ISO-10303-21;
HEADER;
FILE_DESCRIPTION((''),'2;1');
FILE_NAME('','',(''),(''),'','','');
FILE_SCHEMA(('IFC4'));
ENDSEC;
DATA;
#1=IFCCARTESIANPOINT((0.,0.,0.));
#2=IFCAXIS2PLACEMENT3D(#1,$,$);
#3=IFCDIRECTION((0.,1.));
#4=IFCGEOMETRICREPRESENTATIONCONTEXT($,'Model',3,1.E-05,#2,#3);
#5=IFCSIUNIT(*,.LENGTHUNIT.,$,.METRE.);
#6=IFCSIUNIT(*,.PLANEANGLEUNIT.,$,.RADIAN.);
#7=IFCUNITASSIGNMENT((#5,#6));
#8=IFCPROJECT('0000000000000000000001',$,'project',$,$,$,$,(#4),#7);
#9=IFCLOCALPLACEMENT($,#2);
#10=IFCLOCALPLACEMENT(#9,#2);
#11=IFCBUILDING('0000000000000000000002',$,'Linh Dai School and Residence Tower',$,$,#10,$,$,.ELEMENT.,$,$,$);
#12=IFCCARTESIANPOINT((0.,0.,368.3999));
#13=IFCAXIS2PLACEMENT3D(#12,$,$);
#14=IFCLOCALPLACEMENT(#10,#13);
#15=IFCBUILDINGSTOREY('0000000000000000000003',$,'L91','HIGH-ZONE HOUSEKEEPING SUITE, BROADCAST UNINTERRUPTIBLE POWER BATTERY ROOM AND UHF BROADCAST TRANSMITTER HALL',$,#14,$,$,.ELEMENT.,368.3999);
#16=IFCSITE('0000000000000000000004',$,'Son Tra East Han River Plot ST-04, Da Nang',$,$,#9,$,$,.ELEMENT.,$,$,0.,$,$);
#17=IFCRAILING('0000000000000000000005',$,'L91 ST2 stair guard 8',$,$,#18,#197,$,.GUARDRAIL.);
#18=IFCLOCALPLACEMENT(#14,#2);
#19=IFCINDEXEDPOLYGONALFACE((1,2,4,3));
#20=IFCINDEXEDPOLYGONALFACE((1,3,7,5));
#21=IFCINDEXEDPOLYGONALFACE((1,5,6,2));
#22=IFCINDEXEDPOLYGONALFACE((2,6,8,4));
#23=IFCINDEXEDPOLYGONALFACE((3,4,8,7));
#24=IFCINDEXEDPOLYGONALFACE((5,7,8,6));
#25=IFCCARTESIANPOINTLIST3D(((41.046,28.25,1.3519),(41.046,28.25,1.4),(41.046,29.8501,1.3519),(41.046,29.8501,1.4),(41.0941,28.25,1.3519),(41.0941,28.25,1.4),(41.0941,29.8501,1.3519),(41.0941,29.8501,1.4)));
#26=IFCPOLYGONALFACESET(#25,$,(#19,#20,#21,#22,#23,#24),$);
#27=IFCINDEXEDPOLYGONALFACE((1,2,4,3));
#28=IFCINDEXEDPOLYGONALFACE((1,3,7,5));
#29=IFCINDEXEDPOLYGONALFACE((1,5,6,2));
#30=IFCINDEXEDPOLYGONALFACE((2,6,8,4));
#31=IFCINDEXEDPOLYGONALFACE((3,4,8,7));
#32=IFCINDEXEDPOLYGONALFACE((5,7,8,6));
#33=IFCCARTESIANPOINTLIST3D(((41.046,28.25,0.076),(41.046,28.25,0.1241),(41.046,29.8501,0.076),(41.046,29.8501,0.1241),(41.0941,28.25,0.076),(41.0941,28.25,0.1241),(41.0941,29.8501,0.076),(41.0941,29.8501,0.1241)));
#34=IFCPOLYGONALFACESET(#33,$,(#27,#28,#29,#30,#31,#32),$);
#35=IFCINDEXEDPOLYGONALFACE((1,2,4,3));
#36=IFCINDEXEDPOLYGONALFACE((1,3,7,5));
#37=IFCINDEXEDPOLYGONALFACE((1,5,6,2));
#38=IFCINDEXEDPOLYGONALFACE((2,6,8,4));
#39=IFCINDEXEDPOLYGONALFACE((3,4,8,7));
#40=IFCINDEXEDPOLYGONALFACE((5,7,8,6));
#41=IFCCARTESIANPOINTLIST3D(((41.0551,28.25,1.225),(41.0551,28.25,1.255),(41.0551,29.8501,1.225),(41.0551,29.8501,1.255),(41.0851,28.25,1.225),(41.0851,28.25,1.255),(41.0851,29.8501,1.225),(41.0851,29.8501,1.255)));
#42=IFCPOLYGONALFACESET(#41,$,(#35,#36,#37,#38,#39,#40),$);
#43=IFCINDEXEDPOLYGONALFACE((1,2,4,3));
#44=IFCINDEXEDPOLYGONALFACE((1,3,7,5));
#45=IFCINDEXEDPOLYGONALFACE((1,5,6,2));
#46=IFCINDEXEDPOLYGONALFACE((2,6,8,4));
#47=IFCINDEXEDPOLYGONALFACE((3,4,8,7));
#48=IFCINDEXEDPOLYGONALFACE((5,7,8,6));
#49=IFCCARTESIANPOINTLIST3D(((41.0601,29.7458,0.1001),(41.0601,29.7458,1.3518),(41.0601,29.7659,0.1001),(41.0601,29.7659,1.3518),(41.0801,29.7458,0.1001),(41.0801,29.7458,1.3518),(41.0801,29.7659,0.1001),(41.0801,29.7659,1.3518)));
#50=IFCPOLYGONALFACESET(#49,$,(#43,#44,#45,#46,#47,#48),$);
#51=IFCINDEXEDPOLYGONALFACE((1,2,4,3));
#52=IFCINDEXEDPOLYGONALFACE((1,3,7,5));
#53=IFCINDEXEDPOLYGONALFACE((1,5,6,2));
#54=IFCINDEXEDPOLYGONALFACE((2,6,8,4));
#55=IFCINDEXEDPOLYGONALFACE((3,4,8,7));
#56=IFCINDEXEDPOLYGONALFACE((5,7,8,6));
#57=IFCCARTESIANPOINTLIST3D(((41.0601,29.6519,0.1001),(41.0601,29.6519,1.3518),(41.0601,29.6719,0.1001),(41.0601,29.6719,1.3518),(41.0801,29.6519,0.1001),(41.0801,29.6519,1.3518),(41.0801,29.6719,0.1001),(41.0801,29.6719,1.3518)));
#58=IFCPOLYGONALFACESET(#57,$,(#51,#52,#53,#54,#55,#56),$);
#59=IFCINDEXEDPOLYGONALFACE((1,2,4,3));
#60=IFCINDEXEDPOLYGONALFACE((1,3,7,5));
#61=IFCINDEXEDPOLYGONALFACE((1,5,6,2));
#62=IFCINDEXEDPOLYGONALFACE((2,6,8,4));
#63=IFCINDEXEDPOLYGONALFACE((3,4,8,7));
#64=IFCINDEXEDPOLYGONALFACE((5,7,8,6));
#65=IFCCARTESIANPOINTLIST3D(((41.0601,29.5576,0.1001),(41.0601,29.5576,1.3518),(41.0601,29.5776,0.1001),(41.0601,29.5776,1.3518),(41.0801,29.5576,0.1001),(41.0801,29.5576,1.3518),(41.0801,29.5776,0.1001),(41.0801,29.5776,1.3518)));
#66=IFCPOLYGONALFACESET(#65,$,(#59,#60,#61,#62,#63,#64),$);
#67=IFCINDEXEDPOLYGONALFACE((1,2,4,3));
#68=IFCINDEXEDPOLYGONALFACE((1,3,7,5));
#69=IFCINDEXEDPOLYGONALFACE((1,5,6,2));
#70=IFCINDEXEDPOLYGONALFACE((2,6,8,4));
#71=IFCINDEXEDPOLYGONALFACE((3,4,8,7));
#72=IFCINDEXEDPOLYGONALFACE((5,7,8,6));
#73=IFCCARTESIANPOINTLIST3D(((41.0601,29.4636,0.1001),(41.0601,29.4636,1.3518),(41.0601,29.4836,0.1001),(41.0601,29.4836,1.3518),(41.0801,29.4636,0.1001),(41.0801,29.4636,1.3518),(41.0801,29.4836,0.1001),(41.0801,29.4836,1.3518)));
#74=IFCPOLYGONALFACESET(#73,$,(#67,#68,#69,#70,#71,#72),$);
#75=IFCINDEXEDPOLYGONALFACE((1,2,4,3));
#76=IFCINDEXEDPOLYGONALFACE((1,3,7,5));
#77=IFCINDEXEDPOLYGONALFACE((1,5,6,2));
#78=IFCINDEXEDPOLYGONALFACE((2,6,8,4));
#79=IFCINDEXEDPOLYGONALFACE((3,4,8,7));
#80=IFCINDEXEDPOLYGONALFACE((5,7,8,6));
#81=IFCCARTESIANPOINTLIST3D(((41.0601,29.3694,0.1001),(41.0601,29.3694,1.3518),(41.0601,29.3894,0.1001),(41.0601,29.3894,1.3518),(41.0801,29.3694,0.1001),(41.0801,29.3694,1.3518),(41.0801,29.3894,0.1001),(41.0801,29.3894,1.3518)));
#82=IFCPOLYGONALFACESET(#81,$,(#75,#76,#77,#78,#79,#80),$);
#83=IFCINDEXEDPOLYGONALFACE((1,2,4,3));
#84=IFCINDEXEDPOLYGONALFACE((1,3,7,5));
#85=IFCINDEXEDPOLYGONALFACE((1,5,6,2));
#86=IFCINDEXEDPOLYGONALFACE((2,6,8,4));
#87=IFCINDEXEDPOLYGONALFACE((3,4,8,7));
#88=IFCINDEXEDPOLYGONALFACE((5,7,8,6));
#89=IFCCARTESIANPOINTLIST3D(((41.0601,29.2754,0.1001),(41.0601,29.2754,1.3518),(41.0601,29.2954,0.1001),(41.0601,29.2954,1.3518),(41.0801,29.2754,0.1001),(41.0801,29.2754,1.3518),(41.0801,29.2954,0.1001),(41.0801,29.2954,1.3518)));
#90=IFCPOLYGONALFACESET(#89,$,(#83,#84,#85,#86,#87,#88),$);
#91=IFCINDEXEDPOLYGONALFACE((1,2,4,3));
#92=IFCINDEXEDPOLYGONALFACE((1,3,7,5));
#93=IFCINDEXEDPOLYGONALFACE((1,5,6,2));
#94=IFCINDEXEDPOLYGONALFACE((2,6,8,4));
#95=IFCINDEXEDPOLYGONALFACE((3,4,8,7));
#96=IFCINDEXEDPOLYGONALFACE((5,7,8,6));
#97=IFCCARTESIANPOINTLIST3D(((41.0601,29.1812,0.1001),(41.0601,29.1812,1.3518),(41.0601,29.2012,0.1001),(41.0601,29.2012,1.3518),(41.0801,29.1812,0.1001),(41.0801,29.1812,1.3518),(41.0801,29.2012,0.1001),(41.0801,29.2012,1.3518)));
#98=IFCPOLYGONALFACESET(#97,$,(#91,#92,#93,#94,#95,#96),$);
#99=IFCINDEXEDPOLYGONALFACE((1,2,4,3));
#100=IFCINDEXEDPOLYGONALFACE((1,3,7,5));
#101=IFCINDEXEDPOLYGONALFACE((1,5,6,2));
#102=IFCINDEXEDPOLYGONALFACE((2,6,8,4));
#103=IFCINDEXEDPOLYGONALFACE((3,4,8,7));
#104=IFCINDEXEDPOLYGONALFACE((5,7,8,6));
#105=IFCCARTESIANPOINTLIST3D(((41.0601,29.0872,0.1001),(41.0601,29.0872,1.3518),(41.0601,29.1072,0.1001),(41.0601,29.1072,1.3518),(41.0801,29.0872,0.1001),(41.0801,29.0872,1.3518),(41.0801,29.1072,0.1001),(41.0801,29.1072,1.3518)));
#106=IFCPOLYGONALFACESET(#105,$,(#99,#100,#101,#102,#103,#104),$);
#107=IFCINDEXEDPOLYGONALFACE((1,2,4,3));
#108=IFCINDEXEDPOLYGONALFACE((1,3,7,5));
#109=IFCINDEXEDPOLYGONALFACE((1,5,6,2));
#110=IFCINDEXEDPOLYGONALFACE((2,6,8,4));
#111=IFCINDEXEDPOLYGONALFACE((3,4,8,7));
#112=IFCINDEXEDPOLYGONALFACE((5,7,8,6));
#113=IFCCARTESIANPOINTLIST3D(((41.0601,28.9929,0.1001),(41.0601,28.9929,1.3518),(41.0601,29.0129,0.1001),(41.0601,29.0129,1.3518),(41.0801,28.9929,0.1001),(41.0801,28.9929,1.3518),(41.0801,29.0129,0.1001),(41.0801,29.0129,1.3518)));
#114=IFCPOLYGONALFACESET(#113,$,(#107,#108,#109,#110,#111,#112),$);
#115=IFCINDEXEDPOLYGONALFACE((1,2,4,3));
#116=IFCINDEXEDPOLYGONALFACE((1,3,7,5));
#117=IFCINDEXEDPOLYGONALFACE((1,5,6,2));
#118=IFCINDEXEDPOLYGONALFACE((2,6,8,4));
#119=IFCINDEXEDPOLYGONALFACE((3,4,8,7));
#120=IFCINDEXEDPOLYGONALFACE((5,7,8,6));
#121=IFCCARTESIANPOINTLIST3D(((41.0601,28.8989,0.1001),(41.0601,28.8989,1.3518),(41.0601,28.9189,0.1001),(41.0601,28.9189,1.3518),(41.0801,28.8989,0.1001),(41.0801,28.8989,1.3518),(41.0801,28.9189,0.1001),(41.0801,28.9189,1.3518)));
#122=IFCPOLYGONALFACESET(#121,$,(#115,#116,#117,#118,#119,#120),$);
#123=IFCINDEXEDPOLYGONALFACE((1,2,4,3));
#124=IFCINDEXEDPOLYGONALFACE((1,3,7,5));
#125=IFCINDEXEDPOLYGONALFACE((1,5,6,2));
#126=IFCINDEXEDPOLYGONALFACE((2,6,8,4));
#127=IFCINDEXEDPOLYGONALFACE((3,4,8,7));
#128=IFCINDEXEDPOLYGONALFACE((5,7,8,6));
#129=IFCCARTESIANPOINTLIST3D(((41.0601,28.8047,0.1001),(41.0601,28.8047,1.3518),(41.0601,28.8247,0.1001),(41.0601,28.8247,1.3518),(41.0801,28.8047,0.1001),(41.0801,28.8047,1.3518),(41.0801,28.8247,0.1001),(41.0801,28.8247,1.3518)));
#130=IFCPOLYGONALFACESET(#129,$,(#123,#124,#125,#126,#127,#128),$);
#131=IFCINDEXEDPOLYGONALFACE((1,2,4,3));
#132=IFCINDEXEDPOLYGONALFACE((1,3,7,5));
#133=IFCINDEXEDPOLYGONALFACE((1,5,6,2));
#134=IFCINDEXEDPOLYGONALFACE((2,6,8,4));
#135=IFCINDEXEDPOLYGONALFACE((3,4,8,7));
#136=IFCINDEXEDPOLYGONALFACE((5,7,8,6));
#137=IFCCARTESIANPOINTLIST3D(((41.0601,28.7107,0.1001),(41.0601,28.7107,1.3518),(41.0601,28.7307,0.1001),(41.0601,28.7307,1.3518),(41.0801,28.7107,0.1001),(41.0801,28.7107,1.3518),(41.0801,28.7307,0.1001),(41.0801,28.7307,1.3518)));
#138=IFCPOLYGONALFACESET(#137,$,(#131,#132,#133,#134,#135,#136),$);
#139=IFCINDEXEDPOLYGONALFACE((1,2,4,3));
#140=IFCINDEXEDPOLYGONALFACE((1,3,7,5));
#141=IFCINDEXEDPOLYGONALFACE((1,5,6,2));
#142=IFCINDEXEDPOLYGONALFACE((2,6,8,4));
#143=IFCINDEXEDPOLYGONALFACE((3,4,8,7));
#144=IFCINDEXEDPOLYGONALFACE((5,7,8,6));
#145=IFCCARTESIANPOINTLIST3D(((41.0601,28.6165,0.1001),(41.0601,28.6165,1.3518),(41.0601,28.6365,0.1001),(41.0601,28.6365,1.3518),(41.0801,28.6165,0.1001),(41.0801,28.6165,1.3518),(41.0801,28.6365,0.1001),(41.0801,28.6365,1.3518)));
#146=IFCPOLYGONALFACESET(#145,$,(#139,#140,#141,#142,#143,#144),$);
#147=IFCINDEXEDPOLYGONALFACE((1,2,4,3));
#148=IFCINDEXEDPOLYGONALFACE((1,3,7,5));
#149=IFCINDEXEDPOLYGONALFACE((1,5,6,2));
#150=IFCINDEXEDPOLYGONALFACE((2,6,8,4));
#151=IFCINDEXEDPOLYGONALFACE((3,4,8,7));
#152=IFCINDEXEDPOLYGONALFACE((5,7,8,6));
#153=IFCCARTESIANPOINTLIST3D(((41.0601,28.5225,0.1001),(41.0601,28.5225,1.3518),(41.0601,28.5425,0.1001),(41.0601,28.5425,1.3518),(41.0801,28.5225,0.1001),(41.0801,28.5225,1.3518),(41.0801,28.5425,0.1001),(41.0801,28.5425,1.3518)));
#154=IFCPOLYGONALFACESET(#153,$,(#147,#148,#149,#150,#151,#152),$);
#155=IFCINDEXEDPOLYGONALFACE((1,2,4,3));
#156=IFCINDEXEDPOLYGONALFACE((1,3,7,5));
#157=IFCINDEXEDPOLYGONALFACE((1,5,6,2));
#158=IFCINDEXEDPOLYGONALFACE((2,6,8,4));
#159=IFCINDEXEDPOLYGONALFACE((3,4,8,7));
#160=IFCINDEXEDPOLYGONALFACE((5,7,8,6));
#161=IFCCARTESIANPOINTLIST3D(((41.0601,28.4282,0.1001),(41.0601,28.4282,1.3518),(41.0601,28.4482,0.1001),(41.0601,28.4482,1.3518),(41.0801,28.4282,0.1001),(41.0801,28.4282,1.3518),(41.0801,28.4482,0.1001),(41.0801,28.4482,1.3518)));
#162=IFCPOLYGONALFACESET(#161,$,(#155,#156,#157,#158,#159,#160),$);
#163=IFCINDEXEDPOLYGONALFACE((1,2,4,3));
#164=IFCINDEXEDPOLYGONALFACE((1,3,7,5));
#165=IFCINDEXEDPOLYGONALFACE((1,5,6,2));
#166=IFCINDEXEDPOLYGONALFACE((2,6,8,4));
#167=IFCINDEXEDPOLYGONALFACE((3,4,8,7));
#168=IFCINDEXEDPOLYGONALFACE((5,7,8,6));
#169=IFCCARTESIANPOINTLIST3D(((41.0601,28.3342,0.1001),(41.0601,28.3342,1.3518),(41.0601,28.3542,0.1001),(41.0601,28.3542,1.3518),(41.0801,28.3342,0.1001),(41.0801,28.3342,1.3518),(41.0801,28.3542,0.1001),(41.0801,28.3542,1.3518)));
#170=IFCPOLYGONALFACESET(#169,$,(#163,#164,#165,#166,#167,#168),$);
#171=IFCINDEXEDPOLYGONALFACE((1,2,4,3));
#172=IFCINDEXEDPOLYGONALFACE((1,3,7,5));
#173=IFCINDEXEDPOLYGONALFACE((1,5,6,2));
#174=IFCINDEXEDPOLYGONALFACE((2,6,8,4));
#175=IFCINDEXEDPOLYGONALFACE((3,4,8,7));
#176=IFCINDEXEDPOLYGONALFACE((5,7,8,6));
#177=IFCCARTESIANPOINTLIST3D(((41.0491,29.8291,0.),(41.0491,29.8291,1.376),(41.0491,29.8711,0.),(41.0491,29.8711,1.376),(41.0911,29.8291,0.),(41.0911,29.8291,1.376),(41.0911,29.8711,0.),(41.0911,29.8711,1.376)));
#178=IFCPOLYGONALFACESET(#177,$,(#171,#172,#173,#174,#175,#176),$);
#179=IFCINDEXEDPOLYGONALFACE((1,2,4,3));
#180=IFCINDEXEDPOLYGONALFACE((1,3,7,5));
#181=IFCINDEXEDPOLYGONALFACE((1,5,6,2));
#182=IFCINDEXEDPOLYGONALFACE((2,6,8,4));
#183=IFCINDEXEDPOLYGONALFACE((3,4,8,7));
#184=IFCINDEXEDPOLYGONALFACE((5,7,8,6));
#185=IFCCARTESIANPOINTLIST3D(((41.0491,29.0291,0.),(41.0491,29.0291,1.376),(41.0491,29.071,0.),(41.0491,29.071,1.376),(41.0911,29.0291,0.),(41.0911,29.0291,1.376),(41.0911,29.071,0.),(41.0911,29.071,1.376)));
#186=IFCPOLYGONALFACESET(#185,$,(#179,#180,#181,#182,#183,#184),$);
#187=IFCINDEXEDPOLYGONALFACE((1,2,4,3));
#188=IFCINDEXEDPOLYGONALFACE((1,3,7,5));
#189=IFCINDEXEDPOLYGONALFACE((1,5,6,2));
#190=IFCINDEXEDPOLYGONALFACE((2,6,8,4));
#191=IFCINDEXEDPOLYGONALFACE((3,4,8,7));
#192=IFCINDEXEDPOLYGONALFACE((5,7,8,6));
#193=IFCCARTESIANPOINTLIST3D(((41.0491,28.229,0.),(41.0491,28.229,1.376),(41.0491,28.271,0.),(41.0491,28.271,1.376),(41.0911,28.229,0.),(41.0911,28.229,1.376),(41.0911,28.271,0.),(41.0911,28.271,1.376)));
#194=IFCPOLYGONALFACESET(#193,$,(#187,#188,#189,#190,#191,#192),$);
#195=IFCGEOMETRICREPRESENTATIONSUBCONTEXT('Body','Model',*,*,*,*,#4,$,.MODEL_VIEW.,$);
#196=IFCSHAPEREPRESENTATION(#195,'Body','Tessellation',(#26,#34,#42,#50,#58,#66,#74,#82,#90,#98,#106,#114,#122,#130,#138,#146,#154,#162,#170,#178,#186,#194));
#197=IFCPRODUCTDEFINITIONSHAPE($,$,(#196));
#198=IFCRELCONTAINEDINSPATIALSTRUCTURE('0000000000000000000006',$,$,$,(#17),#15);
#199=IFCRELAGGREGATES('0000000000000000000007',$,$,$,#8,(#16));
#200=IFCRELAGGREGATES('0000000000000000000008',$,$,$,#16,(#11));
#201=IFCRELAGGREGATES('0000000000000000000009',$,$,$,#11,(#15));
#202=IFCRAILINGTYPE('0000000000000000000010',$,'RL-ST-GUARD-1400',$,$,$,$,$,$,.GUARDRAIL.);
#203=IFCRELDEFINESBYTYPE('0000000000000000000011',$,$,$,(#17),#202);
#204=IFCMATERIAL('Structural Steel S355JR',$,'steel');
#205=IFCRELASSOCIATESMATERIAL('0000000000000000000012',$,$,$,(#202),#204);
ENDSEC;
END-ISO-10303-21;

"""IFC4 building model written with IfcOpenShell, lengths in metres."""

from ifc_helpers import new_model, si_unit, direction, frame, origin, origin_2d, place, context, subcontext, project, spatial, rectangle, extrude, source, transform, mapped, material, type_object, element, save


model = new_model("IFC4")

# Units and contexts
model_context = context("Model", 3, precision=1e-05, world=origin(), true_north=direction((0.0, 1.0)))
body_context = subcontext(model_context, "Body", "Model", "MODEL_VIEW")
ifc_project = project(units=[si_unit("LENGTHUNIT", "METRE"), si_unit("PLANEANGLEUNIT", "RADIAN")], contexts=[model_context])

# Site, building, storey
site_placement = place(None, origin())
site = spatial("IfcSite", under=ifc_project, at=site_placement, Name="Son Tra East Han River Plot ST-04, Da Nang", CompositionType="ELEMENT", RefElevation=0.0)
building_placement = place(site_placement, origin())
building = spatial("IfcBuilding", under=site, at=building_placement, Name="Linh Dai School and Residence Tower", CompositionType="ELEMENT")
storey_placement = place(building_placement, frame((0.0, 0.0, 368.3999)))
storey = spatial("IfcBuildingStorey", under=building, at=storey_placement, Name="L91", Description="HIGH-ZONE HOUSEKEEPING SUITE, BROADCAST UNINTERRUPTIBLE POWER BATTERY ROOM AND UHF BROADCAST TRANSMITTER HALL", CompositionType="ELEMENT", Elevation=368.3999)

# Shared definitions
ifc_material_1 = material(Name="Structural Steel S355JR", Category="steel")

# Railing
railing_type_1 = type_object("IfcRailingType", Name="RL-ST-GUARD-1400", PredefinedType="GUARDRAIL", material=ifc_material_1)
shared_shape_1 = source(origin(), body_context, "Body", "SweptSolid", [
    extrude(rectangle(XDim=0.0481, YDim=0.0481, at=origin_2d()), frame((0.0, 0.0, 1.376), z_axis=(0.0, -1.0, 0.0), x_axis=(1.0, 0.0, 0.0)), (0.0, 0.0, 1.0), 1.6001),
    extrude(rectangle(XDim=0.0481, YDim=0.0481, at=origin_2d()), frame((0.0, 0.0, 0.1001), z_axis=(0.0, -1.0, 0.0), x_axis=(1.0, 0.0, 0.0)), (0.0, 0.0, 1.0), 1.6001),
    extrude(rectangle(XDim=0.03, YDim=0.03, at=origin_2d()), frame((0.0, 0.0, 1.24), z_axis=(0.0, -1.0, 0.0), x_axis=(1.0, 0.0, 0.0)), (0.0, 0.0, 1.0), 1.6001),
    extrude(rectangle(XDim=0.02, YDim=0.02, at=origin_2d()), frame((0.0, -0.0942, 0.1001)), (0.0, 0.0, 1.0), 1.2517),
    extrude(rectangle(XDim=0.02, YDim=0.02, at=origin_2d()), frame((0.0, -0.1882, 0.1001)), (0.0, 0.0, 1.0), 1.2517),
    extrude(rectangle(XDim=0.02, YDim=0.02, at=origin_2d()), frame((0.0, -0.2825, 0.1001)), (0.0, 0.0, 1.0), 1.2517),
    extrude(rectangle(XDim=0.02, YDim=0.02, at=origin_2d()), frame((0.0, -0.3765, 0.1001)), (0.0, 0.0, 1.0), 1.2517),
    extrude(rectangle(XDim=0.02, YDim=0.02, at=origin_2d()), frame((0.0, -0.4707, 0.1001)), (0.0, 0.0, 1.0), 1.2517),
    extrude(rectangle(XDim=0.02, YDim=0.02, at=origin_2d()), frame((0.0, -0.5647, 0.1001)), (0.0, 0.0, 1.0), 1.2517),
    extrude(rectangle(XDim=0.02, YDim=0.02, at=origin_2d()), frame((0.0, -0.6589, 0.1001)), (0.0, 0.0, 1.0), 1.2517),
    extrude(rectangle(XDim=0.02, YDim=0.02, at=origin_2d()), frame((0.0, -0.7529, 0.1001)), (0.0, 0.0, 1.0), 1.2517),
    extrude(rectangle(XDim=0.02, YDim=0.02, at=origin_2d()), frame((0.0, -0.8472, 0.1001)), (0.0, 0.0, 1.0), 1.2517),
    extrude(rectangle(XDim=0.02, YDim=0.02, at=origin_2d()), frame((0.0, -0.9412, 0.1001)), (0.0, 0.0, 1.0), 1.2517),
    extrude(rectangle(XDim=0.02, YDim=0.02, at=origin_2d()), frame((0.0, -1.0354, 0.1001)), (0.0, 0.0, 1.0), 1.2517),
    extrude(rectangle(XDim=0.02, YDim=0.02, at=origin_2d()), frame((0.0, -1.1294, 0.1001)), (0.0, 0.0, 1.0), 1.2517),
    extrude(rectangle(XDim=0.02, YDim=0.02, at=origin_2d()), frame((0.0, -1.2236, 0.1001)), (0.0, 0.0, 1.0), 1.2517),
    extrude(rectangle(XDim=0.02, YDim=0.02, at=origin_2d()), frame((0.0, -1.3176, 0.1001)), (0.0, 0.0, 1.0), 1.2517),
    extrude(rectangle(XDim=0.02, YDim=0.02, at=origin_2d()), frame((0.0, -1.4119, 0.1001)), (0.0, 0.0, 1.0), 1.2517),
    extrude(rectangle(XDim=0.02, YDim=0.02, at=origin_2d()), frame((0.0, -1.5059, 0.1001)), (0.0, 0.0, 1.0), 1.2517),
    extrude(rectangle(XDim=0.042, YDim=0.042, at=origin_2d()), origin(), (0.0, 0.0, 1.0), 1.376),
    extrude(rectangle(XDim=0.042, YDim=0.042, at=origin_2d()), frame((0.0, -0.8, 0.0)), (0.0, 0.0, 1.0), 1.376),
    extrude(rectangle(XDim=0.042, YDim=0.042, at=origin_2d()), frame((0.0, -1.6001, 0.0)), (0.0, 0.0, 1.0), 1.376),
])
railing_1_placement = place(storey_placement, frame((41.0701, 29.8501, 0.0)))
element("IfcRailing", 1, at=railing_1_placement, inside=storey, type_object=railing_type_1, Name="L91 ST2 stair guard 8", PredefinedType="GUARDRAIL", context=body_context, shape_type="MappedRepresentation", body=[
    mapped(shared_shape_1, transform((0.0, 0.0, 0.0), x_axis=(1.0, 0.0, 0.0), y_axis=(0.0, 1.0, 0.0), z_axis=(0.0, 0.0, 1.0), scale=1.0)),
])

save(model, "model.ifc")
